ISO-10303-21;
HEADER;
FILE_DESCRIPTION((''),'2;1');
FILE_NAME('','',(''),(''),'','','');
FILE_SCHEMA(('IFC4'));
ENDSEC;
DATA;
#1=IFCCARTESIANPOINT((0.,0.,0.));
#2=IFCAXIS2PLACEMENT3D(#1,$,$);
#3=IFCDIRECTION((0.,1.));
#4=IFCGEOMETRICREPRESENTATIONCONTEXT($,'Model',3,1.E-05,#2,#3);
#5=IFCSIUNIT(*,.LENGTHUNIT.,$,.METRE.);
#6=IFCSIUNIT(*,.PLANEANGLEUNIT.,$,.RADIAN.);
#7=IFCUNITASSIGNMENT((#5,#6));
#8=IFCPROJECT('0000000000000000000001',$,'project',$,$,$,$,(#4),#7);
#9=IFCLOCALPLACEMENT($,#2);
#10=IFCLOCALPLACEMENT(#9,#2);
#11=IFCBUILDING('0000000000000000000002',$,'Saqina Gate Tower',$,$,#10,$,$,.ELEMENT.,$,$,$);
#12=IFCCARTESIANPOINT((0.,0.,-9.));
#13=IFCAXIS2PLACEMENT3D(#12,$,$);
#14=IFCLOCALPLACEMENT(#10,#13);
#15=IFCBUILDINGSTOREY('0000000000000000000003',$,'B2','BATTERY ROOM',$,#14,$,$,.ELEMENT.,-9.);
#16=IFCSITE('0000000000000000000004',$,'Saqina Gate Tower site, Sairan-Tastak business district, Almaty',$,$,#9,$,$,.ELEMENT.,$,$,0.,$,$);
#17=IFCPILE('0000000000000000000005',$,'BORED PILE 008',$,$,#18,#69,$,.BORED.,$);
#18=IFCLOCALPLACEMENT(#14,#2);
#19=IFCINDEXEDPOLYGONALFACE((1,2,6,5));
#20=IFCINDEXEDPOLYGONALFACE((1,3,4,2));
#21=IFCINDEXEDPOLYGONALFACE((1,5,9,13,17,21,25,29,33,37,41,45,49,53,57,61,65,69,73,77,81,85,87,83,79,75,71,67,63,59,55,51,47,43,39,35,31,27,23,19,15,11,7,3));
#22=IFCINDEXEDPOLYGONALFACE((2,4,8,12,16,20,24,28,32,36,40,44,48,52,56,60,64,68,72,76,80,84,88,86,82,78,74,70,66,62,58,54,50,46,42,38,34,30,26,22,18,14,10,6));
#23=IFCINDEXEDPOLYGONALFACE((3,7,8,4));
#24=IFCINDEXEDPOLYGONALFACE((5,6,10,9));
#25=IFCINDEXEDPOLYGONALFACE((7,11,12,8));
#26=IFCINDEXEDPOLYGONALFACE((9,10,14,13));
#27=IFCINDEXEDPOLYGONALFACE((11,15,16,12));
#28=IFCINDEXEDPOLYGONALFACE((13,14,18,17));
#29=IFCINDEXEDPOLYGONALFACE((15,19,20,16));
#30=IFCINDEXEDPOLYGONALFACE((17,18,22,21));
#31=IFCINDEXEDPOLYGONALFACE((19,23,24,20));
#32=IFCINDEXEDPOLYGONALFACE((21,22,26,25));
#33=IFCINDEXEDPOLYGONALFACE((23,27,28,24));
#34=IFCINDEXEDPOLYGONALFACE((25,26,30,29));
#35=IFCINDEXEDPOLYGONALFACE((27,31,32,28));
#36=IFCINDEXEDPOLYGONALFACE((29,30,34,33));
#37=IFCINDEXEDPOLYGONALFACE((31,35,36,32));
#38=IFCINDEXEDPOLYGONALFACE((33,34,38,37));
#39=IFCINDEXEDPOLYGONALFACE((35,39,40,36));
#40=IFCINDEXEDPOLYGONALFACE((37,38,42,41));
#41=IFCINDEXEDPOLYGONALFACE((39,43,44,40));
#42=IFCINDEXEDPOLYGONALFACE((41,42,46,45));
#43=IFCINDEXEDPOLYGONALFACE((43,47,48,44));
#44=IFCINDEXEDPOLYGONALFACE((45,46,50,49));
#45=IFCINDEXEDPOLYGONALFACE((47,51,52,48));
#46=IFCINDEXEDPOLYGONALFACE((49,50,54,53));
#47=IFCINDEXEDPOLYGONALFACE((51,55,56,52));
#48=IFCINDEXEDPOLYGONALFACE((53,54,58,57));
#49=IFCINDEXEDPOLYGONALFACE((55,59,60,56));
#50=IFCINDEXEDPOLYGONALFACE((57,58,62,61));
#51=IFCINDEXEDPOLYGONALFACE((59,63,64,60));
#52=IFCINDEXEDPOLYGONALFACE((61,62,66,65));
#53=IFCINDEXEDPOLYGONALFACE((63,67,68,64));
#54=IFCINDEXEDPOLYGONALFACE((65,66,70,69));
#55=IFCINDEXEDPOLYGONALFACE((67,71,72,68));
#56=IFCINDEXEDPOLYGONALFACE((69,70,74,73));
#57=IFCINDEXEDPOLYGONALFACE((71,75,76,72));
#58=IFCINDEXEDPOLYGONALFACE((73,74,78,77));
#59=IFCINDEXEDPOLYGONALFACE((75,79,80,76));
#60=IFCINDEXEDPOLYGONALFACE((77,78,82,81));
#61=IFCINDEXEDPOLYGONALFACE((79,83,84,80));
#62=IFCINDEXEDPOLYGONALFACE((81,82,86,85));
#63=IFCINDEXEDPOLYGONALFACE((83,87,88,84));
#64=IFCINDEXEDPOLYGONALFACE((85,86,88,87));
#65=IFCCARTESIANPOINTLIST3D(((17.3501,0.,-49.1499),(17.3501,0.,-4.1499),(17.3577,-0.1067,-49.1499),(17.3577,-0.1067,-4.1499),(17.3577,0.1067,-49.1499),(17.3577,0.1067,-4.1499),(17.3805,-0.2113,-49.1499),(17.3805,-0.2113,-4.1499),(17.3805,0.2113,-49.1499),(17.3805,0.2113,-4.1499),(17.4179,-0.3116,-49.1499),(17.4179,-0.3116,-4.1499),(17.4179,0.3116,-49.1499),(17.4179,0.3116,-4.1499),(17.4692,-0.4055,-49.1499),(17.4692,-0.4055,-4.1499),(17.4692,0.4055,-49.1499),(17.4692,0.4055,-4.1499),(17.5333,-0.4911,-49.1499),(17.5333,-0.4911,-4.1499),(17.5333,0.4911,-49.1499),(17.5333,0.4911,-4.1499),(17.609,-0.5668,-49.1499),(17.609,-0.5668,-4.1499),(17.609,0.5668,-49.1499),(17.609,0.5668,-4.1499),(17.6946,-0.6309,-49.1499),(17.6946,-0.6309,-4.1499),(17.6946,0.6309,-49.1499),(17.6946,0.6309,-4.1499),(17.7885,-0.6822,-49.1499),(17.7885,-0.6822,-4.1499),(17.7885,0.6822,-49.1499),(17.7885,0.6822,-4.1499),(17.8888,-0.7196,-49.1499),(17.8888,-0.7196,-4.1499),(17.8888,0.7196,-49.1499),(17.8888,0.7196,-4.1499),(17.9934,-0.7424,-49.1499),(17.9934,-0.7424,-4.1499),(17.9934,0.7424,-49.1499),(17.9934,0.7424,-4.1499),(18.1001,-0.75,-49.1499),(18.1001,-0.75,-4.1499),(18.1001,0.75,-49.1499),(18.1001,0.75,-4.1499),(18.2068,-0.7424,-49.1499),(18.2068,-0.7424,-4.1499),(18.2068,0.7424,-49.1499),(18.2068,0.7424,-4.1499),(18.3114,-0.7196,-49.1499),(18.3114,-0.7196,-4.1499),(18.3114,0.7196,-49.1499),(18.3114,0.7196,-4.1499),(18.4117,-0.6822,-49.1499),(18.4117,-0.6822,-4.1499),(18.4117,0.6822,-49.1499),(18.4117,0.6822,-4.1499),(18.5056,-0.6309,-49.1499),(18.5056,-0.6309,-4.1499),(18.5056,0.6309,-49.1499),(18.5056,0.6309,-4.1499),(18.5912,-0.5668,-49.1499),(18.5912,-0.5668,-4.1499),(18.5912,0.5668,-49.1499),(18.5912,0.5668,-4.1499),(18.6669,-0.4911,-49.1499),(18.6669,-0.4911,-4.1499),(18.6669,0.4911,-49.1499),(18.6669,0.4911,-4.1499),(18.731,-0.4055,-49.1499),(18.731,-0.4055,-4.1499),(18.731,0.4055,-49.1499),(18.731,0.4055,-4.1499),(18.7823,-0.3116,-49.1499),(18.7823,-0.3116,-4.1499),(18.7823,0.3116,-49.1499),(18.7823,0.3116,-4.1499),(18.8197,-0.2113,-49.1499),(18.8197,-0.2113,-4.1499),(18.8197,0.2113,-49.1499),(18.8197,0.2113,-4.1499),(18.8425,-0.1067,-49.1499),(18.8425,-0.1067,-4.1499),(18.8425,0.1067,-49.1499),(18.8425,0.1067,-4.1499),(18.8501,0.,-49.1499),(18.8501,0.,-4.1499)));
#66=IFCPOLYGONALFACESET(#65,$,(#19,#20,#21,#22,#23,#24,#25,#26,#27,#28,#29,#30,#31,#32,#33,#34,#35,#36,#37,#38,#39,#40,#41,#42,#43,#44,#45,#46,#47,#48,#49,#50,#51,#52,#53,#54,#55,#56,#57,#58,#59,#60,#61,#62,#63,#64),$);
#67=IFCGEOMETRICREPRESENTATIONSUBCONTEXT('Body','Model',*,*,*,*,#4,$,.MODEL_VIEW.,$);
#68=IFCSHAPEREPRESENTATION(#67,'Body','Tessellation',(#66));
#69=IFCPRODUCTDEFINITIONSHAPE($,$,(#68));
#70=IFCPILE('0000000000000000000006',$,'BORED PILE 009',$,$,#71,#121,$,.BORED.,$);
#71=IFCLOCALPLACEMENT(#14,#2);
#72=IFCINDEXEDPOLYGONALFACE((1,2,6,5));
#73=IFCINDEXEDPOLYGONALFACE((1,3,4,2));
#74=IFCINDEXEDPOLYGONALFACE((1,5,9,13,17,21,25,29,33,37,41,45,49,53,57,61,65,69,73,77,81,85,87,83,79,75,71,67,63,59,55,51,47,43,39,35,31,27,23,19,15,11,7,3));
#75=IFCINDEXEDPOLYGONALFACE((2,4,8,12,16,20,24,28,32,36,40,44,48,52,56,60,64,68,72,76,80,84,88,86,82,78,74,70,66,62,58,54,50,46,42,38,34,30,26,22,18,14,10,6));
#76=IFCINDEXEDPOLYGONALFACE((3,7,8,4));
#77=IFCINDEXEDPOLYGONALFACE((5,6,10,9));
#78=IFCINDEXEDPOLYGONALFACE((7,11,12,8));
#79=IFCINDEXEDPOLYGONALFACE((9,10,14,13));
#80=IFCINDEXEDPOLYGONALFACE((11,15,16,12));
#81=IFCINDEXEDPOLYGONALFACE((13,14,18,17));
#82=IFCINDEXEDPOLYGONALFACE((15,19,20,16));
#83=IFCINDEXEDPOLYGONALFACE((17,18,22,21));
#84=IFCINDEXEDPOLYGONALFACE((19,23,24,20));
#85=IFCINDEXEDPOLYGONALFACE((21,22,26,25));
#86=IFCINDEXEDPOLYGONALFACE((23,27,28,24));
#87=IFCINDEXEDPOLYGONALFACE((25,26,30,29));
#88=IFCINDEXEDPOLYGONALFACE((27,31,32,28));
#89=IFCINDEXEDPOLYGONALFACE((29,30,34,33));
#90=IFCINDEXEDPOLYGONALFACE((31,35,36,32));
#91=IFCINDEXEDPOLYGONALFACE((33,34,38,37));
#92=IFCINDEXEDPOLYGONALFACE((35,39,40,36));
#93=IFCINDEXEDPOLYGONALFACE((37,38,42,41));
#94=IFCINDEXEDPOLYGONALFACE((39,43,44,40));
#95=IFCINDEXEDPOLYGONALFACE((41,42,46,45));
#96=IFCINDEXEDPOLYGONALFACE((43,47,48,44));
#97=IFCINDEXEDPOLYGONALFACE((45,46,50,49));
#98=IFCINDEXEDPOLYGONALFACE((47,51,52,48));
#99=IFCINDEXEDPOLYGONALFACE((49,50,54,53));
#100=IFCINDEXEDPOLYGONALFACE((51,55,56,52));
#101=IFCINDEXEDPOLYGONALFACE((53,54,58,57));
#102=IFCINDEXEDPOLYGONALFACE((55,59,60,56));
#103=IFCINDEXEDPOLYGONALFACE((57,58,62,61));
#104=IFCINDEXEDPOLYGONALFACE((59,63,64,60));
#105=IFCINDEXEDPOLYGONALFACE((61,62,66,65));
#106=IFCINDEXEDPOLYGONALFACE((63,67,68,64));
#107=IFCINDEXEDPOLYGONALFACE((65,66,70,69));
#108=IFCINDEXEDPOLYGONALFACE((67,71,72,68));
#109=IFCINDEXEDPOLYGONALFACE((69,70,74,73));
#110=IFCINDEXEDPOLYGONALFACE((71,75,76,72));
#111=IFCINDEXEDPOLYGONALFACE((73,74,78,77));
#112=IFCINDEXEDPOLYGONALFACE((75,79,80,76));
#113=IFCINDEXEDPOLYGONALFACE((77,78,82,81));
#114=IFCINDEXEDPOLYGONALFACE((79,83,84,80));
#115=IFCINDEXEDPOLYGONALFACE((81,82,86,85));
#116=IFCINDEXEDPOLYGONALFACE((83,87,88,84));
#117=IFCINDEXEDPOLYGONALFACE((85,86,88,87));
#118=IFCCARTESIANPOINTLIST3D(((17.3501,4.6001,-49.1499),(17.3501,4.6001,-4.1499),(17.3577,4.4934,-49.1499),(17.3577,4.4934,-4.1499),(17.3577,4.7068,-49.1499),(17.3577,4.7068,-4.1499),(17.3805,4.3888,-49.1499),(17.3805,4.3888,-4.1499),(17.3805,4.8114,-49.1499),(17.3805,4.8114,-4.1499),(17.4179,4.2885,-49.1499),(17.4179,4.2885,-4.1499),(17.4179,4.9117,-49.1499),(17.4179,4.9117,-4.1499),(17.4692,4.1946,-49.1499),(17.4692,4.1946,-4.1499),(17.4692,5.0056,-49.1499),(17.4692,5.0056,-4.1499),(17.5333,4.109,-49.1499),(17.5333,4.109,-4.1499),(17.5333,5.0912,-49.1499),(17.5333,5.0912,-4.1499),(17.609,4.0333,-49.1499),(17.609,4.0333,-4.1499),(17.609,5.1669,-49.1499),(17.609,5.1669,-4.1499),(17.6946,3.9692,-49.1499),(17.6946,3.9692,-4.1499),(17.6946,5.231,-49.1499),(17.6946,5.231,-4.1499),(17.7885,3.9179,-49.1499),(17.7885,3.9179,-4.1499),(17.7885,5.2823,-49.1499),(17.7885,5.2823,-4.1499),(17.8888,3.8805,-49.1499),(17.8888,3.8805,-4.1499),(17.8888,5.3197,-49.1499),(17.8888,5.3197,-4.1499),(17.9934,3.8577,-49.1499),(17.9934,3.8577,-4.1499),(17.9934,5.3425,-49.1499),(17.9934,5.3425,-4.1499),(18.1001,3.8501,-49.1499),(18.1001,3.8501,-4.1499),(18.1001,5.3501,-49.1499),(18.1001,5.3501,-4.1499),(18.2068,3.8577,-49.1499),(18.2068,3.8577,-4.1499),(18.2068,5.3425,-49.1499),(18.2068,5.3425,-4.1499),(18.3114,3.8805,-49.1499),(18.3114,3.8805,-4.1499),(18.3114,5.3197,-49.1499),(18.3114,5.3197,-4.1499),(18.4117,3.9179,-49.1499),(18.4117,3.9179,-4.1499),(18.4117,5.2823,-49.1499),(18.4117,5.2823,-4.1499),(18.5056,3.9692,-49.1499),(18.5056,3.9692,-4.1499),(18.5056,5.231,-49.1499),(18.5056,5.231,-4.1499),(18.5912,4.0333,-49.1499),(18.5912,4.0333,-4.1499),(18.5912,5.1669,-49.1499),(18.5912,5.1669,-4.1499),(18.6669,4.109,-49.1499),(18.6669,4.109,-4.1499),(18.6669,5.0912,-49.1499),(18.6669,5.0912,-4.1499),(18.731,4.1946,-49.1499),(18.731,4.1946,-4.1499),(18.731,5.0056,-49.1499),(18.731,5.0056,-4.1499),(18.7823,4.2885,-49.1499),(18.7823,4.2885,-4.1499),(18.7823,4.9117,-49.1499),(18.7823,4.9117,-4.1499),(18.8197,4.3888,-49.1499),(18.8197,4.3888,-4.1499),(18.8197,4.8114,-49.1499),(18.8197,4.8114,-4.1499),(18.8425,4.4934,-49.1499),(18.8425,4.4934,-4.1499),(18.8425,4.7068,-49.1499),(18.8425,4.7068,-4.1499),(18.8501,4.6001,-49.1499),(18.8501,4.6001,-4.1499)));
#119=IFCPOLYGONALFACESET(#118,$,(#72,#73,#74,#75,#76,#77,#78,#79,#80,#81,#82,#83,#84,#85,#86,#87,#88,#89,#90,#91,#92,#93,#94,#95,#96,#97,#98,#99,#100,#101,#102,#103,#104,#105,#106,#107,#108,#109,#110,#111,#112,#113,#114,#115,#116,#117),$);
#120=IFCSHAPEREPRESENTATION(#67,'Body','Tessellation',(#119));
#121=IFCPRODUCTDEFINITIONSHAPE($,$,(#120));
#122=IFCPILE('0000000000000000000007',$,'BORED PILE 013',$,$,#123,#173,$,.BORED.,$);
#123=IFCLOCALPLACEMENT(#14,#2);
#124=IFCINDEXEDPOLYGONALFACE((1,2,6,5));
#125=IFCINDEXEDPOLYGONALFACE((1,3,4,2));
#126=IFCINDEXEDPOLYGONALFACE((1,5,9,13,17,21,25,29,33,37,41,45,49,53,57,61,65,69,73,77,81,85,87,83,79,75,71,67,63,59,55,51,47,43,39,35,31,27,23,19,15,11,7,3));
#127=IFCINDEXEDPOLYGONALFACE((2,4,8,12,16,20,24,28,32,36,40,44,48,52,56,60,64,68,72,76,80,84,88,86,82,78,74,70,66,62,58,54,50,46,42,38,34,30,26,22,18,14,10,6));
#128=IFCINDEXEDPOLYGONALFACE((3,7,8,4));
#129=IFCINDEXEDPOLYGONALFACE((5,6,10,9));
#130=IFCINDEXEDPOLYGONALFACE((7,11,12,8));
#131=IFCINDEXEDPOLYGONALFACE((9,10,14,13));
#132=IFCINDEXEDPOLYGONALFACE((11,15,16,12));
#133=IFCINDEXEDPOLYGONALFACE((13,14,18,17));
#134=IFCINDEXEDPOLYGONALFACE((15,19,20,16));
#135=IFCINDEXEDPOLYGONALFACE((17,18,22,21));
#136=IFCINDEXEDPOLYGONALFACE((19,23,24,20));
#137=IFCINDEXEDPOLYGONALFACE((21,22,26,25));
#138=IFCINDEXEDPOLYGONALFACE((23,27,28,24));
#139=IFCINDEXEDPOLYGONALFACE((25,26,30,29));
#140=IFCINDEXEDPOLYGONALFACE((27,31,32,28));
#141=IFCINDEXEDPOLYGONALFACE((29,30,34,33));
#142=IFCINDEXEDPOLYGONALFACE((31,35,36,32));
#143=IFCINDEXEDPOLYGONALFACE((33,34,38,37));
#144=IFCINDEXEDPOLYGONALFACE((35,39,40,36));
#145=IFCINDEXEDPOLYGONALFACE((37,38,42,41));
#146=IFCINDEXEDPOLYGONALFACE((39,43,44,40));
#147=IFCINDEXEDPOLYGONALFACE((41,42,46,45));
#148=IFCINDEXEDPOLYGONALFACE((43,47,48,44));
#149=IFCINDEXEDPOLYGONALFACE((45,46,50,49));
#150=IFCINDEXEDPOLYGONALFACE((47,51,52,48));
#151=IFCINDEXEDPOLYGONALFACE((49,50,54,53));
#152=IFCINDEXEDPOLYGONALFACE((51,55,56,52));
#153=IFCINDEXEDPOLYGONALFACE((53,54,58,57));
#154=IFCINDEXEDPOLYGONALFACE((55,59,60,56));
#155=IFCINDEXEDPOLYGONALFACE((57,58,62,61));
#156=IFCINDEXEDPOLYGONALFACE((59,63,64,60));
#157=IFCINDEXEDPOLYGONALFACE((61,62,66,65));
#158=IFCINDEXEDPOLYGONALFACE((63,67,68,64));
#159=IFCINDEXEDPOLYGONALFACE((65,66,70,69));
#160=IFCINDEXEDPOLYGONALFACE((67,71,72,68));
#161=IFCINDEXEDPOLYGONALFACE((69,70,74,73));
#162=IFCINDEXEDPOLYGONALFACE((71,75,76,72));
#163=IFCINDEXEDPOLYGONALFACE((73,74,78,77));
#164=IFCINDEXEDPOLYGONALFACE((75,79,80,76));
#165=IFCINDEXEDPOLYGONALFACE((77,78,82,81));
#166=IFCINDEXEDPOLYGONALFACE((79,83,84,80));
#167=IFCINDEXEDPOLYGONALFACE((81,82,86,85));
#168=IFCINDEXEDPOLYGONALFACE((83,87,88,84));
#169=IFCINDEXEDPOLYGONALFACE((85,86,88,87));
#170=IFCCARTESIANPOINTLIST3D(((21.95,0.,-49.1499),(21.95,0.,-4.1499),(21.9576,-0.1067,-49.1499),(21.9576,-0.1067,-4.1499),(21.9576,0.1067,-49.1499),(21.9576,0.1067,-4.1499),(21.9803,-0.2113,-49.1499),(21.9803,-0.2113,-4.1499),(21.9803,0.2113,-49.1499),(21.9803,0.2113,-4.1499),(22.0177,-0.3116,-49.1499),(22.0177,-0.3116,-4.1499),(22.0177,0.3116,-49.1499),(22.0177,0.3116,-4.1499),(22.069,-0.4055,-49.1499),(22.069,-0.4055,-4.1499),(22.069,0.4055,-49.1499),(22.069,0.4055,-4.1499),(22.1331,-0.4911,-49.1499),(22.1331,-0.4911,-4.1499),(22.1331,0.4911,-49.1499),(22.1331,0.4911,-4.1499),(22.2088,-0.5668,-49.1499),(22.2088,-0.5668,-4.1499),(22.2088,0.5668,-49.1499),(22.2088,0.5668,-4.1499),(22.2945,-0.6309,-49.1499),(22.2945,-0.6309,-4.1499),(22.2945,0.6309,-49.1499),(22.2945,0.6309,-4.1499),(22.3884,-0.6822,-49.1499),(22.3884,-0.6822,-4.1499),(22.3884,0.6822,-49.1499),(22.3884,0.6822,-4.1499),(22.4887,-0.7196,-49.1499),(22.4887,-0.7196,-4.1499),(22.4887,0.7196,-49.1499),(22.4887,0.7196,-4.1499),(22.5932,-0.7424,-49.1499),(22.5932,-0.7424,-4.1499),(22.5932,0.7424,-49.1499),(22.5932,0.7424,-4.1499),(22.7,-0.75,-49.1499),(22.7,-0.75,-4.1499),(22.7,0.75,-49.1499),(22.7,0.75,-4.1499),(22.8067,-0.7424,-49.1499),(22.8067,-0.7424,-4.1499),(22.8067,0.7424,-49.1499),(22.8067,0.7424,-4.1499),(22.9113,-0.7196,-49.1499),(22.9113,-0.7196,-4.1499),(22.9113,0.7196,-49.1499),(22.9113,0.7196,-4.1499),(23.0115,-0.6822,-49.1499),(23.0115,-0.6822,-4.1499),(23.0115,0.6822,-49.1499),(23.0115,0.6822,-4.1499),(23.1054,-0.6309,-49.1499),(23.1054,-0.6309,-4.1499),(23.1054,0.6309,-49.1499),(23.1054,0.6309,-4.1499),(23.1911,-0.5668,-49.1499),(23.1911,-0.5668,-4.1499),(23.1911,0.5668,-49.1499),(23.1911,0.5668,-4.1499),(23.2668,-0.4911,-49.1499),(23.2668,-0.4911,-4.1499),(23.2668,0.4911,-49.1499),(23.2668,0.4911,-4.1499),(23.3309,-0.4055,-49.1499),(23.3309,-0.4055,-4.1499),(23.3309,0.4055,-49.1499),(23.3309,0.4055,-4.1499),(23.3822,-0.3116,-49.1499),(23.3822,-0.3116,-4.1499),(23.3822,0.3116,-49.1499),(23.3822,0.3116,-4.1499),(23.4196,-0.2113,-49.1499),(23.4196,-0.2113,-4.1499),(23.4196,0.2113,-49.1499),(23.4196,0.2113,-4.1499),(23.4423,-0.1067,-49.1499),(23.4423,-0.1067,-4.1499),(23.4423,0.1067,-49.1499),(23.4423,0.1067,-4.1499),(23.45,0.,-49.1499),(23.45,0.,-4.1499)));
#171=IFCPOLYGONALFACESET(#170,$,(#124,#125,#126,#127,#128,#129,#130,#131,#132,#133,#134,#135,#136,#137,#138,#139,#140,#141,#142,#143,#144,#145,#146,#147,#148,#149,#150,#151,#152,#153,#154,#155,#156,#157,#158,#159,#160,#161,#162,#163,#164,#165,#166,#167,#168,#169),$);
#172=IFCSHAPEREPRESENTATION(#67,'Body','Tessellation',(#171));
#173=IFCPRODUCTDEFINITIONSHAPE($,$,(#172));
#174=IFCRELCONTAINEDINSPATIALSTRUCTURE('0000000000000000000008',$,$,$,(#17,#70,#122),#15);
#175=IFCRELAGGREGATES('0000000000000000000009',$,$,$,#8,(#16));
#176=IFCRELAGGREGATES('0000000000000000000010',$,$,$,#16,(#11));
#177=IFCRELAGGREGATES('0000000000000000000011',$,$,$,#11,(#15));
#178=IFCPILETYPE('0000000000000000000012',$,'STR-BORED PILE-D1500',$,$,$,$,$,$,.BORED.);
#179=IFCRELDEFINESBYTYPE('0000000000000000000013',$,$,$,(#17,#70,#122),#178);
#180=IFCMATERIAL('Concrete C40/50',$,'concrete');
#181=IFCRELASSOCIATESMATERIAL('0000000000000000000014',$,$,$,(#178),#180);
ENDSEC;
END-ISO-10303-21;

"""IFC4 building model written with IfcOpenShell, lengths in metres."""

from ifc_helpers import new_model, si_unit, direction, frame, origin, origin_2d, place, context, subcontext, project, spatial, circle, extrude, material, material_profile, profile_set, type_object, element, save


model = new_model("IFC4")

# Units and contexts
model_context = context("Model", 3, precision=1e-05, world=origin(), true_north=direction((0.0, 1.0)))
body_context = subcontext(model_context, "Body", "Model", "MODEL_VIEW")
ifc_project = project(units=[si_unit("LENGTHUNIT", "METRE"), si_unit("PLANEANGLEUNIT", "RADIAN")], contexts=[model_context])

# Site, building, storey
site_placement = place(None, origin())
site = spatial("IfcSite", under=ifc_project, at=site_placement, Name="Saqina Gate Tower site, Sairan-Tastak business district, Almaty", CompositionType="ELEMENT", RefElevation=0.0)
building_placement = place(site_placement, origin())
building = spatial("IfcBuilding", under=site, at=building_placement, Name="Saqina Gate Tower", CompositionType="ELEMENT")
storey_placement = place(building_placement, frame((0.0, 0.0, -9.0)))
storey = spatial("IfcBuildingStorey", under=building, at=storey_placement, Name="B2", Description="BATTERY ROOM", CompositionType="ELEMENT", Elevation=-9.0)

# Piles
ifc_material_1 = material(Name="Concrete C40/50", Category="concrete")
ifc_material_profile_1 = material_profile(ifc_material_1, circle(Radius=0.75, at=origin_2d()), Name="RC D1500")
ifc_profile_set_1 = profile_set([ifc_material_profile_1], Name="Concrete C40/50")
pile_type = type_object("IfcPileType", Name="STR-BORED PILE-D1500", PredefinedType="BORED", material=ifc_profile_set_1)
for number, where, z_axis, x_axis, name in (
    (1, (18.1001, 0.0, -4.1499), (0.0, 0.0, -1.0), (1.0, 0.0, 0.0), "BORED PILE 008"),
    (2, (18.1001, 4.6001, -4.1499), (0.0, 0.0, -1.0), (1.0, 0.0, 0.0), "BORED PILE 009"),
    (3, (22.7, 0.0, -4.1499), (0.0, 0.0, -1.0), (1.0, 0.0, 0.0), "BORED PILE 013"),
):
    element("IfcPile", number, at=place(storey_placement, frame(where, z_axis=z_axis, x_axis=x_axis)), inside=storey, type_object=pile_type, Name=name, PredefinedType="BORED", context=body_context, shape_type="SweptSolid", body=[
        extrude(circle(Radius=0.75, at=origin_2d()), origin(), (0.0, 0.0, 1.0), 45.0),
    ])

save(model, "model.ifc")
